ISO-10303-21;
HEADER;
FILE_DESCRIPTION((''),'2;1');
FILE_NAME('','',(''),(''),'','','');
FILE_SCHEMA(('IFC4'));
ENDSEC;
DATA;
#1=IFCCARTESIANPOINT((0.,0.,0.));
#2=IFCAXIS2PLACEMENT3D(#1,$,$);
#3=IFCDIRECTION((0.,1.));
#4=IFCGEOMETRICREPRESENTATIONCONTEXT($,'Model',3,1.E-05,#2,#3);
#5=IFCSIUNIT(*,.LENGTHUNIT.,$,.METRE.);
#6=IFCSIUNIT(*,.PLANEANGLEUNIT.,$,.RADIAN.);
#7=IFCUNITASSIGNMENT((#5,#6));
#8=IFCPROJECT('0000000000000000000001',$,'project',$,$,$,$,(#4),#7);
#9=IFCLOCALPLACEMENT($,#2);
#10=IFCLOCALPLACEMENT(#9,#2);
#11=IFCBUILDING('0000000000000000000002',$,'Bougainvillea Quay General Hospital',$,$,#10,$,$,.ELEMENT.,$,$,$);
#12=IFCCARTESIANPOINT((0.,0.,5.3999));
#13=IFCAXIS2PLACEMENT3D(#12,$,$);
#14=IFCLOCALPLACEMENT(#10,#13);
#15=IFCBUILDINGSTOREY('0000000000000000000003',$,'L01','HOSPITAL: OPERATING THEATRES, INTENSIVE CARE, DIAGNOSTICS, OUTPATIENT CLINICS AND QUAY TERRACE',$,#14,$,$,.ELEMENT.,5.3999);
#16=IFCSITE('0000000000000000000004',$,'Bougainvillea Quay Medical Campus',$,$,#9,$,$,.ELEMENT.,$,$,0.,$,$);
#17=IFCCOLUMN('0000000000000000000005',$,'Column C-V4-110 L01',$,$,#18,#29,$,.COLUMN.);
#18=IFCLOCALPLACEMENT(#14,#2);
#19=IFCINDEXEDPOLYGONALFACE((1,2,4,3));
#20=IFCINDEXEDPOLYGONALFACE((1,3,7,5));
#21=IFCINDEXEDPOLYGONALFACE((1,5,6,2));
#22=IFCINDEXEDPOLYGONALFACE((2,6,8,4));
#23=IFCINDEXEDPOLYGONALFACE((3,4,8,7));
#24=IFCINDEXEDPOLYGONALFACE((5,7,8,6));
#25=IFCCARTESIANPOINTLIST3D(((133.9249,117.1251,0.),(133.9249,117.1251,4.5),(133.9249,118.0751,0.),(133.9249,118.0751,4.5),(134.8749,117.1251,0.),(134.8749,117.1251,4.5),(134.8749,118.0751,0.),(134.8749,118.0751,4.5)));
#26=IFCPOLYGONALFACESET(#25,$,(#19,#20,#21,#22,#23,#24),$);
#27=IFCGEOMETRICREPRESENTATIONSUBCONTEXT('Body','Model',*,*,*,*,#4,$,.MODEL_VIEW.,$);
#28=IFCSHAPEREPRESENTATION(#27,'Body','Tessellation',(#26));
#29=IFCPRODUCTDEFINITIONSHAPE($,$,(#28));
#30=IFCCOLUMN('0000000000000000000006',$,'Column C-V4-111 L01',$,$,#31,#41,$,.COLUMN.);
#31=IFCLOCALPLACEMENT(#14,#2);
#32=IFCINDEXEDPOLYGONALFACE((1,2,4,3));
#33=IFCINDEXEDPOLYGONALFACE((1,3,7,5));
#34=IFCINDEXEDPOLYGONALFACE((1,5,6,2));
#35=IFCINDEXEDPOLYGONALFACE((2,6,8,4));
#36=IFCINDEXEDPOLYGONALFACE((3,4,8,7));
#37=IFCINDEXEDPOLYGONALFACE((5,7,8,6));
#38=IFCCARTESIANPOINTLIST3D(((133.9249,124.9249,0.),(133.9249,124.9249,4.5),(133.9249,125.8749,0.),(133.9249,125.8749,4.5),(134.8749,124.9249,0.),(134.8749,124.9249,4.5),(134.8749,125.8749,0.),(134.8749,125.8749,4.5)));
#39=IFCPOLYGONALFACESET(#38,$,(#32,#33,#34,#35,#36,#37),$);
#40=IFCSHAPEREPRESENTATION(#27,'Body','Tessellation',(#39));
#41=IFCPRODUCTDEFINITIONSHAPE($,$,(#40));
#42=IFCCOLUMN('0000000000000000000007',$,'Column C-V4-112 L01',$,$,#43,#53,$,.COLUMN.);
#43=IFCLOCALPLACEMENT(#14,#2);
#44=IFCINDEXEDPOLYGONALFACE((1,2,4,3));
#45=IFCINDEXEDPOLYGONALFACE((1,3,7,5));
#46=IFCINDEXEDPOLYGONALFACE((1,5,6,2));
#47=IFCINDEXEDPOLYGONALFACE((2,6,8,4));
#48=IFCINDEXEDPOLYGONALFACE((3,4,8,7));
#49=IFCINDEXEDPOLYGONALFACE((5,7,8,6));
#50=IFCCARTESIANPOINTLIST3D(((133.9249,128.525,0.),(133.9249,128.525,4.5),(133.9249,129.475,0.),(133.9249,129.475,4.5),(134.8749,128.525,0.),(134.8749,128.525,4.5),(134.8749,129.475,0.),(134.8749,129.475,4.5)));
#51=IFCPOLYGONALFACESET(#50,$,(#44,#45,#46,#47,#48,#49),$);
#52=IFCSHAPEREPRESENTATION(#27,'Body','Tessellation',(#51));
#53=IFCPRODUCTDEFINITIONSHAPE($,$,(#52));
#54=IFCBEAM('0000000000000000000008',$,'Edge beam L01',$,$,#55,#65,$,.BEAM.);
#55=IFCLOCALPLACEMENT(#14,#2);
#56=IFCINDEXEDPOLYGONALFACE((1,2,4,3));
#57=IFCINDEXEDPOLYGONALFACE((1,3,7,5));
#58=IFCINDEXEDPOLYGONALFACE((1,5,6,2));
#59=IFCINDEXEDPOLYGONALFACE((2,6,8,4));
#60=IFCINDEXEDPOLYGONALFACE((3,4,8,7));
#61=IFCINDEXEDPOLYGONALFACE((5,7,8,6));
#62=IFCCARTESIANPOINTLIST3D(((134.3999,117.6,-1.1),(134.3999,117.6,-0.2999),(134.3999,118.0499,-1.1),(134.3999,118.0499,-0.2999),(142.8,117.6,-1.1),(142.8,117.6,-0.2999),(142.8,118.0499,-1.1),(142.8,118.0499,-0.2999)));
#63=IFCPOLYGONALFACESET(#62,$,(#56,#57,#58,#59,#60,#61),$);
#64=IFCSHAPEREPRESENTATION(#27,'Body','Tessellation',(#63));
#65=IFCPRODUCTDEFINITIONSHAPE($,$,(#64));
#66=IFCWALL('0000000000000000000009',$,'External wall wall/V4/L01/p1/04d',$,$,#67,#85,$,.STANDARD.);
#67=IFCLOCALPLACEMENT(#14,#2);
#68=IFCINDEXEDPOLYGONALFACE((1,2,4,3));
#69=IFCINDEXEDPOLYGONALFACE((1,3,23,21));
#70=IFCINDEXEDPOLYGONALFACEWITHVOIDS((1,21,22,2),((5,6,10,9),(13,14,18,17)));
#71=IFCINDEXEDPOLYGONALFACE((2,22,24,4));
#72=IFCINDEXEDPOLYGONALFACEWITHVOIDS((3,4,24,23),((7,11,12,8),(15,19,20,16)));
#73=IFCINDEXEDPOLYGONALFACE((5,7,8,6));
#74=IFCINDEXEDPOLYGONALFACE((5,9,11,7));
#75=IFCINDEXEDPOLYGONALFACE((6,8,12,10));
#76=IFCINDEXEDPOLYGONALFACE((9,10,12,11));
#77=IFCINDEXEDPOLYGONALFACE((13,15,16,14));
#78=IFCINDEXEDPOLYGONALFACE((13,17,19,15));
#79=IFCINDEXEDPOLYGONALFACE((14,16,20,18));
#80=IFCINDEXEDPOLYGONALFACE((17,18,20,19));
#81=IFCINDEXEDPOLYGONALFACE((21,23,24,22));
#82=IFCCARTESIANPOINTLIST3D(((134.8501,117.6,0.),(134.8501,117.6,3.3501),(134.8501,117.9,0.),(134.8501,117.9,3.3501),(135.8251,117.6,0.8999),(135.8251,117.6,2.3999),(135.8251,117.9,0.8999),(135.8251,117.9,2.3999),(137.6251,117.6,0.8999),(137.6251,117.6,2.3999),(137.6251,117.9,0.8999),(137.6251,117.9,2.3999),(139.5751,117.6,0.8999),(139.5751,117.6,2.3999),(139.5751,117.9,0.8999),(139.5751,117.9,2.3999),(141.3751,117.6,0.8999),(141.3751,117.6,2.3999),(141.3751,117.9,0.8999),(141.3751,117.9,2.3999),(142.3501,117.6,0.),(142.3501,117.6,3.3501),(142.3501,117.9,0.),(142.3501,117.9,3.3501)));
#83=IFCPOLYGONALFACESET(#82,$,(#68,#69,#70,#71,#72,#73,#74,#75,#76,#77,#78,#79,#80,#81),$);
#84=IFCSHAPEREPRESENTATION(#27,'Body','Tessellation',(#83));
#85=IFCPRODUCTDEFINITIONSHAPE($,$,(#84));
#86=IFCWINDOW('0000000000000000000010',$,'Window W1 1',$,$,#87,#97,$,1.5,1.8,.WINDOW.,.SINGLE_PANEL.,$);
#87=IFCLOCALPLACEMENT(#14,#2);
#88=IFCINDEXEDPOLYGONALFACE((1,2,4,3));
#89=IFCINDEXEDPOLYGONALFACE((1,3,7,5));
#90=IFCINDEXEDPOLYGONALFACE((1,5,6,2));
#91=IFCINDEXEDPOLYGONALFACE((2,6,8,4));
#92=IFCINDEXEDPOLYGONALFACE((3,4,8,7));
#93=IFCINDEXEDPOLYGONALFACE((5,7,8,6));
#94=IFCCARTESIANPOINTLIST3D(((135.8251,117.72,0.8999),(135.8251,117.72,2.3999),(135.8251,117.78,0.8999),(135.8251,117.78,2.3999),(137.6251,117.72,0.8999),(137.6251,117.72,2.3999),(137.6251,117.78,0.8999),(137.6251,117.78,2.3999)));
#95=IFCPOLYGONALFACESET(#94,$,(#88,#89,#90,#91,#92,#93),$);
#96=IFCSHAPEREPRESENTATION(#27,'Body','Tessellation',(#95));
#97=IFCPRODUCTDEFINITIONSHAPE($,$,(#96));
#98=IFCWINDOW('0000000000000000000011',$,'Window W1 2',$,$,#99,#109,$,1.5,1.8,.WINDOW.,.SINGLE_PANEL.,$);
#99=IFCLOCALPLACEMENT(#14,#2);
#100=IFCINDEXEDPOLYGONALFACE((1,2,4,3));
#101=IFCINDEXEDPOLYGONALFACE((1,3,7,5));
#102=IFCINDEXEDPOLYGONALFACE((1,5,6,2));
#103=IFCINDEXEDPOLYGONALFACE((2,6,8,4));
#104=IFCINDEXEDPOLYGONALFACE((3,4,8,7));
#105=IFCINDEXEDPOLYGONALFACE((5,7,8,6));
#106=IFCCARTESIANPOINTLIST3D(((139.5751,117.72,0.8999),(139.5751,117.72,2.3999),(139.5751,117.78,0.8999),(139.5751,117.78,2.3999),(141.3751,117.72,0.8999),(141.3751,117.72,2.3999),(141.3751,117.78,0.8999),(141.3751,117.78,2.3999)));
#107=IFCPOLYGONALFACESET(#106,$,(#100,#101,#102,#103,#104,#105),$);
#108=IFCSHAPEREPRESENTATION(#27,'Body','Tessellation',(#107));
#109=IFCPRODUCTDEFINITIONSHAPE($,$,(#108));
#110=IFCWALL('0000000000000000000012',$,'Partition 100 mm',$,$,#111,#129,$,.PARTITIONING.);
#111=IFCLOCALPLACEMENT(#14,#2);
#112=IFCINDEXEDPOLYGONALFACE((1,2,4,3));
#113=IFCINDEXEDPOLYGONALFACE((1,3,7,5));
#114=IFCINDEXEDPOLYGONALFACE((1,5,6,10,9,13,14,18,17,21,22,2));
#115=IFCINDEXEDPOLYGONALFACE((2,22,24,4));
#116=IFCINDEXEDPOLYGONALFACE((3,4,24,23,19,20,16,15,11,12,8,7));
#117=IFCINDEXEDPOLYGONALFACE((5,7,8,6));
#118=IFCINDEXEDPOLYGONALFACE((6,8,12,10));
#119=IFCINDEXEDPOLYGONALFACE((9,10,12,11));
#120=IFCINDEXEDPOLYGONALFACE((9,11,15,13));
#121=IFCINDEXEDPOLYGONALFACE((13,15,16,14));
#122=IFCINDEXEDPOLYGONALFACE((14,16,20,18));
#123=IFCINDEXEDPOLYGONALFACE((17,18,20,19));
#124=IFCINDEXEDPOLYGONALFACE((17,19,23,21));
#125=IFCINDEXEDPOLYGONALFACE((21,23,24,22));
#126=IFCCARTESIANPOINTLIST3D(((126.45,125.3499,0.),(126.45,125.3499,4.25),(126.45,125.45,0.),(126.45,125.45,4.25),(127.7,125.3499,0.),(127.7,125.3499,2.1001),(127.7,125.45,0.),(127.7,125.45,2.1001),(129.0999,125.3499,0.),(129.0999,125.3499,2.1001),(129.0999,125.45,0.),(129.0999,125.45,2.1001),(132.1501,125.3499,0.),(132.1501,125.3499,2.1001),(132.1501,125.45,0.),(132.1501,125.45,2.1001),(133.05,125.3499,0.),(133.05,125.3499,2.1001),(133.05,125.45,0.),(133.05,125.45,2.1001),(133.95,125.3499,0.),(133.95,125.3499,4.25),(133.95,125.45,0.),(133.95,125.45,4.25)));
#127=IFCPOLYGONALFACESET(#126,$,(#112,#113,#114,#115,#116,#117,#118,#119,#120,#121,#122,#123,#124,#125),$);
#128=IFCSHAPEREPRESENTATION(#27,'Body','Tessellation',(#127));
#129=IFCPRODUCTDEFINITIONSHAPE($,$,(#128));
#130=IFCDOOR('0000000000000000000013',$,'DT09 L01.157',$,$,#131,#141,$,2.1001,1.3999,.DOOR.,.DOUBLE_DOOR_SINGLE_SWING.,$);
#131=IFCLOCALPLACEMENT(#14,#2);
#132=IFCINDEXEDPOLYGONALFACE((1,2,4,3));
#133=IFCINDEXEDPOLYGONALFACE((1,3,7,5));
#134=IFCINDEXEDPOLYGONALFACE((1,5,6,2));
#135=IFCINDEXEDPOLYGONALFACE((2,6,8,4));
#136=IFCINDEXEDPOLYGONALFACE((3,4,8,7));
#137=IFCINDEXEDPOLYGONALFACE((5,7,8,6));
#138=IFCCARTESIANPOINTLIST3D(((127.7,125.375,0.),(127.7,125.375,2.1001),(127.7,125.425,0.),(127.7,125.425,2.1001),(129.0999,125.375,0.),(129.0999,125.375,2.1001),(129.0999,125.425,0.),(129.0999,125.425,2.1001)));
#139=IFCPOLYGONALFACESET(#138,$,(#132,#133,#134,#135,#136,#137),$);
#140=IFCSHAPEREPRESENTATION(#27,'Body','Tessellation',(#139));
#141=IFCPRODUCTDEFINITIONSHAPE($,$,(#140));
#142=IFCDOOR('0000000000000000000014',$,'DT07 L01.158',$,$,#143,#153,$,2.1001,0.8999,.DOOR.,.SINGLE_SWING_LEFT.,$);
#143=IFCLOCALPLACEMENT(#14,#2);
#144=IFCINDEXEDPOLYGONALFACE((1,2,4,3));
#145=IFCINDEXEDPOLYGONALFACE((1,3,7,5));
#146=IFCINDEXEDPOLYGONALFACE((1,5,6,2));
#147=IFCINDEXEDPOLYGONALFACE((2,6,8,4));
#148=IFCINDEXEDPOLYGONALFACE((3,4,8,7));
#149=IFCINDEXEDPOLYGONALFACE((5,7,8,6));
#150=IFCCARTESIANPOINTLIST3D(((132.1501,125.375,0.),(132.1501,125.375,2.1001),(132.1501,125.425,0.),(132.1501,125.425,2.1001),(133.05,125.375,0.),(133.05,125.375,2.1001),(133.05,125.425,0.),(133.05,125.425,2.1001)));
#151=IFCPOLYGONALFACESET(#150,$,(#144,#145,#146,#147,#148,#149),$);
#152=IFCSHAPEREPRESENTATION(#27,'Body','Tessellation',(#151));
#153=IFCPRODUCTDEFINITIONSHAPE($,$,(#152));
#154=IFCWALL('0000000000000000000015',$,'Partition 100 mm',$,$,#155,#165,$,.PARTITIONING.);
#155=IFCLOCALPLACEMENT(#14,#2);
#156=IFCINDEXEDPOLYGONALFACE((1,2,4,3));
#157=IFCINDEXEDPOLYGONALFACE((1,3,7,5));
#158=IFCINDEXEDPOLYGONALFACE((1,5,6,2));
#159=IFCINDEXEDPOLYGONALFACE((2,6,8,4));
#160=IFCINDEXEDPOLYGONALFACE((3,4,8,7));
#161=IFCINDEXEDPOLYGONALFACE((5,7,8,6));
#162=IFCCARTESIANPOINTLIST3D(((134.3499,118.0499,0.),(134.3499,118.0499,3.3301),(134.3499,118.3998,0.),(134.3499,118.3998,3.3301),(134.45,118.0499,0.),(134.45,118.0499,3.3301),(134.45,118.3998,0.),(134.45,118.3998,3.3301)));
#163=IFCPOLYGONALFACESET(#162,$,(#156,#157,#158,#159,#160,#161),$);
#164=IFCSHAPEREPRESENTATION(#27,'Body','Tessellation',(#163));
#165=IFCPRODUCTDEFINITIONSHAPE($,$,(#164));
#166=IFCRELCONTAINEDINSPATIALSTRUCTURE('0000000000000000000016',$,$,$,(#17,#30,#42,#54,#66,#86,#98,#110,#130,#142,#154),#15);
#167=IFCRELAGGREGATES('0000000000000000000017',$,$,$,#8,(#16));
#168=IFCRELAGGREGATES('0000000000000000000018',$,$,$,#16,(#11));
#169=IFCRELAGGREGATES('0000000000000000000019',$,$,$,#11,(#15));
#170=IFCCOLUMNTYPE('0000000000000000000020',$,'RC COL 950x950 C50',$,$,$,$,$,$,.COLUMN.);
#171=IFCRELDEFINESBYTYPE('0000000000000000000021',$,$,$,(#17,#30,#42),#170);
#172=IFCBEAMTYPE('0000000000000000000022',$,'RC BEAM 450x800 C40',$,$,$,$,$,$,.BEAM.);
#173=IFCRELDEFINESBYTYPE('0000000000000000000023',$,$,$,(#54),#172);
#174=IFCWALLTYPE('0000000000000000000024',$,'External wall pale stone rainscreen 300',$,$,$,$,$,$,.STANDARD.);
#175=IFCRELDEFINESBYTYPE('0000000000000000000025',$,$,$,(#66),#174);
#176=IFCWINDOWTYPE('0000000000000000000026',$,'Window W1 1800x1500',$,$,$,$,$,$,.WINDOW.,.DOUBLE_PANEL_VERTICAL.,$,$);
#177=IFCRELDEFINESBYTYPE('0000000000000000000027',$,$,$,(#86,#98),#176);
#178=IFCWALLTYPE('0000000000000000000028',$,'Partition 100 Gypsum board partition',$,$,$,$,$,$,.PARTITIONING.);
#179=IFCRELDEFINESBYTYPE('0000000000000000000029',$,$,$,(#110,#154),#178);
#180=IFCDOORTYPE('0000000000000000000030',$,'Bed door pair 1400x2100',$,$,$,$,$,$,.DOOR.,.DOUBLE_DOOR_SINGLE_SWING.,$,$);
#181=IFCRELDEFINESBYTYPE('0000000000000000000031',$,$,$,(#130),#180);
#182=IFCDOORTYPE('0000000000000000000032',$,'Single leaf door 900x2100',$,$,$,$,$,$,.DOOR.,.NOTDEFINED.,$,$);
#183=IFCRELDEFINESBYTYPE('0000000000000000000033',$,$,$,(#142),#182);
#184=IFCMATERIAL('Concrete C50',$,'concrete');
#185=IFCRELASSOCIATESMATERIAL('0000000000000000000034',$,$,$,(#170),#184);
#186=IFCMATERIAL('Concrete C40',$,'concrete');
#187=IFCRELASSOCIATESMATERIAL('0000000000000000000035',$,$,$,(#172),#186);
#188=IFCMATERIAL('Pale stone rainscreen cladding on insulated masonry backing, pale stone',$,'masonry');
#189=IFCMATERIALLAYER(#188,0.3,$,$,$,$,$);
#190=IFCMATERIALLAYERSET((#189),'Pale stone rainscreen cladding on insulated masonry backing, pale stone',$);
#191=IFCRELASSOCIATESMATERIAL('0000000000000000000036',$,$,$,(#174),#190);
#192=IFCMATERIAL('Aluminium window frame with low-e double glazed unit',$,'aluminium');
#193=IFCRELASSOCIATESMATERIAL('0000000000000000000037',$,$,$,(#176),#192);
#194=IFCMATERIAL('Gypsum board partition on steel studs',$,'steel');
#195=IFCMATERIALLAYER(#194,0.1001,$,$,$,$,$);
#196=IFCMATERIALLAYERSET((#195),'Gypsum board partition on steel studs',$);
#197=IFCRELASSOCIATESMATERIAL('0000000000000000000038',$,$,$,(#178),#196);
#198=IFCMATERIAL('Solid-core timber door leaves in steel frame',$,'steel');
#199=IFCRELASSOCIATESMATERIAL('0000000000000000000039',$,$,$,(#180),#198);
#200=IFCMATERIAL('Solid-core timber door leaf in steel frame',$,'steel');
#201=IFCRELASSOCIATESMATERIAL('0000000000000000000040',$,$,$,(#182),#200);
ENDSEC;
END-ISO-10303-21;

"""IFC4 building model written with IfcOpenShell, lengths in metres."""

from ifc_helpers import new_model, si_unit, direction, frame, frame_2d, origin, origin_2d, place, context, subcontext, project, spatial, rectangle, extrude, material, layer, layer_set, material_profile, profile_set, type_object, element, fill, save


model = new_model("IFC4")

# Units and contexts
model_context = context("Model", 3, precision=1e-05, world=origin(), true_north=direction((0.0, 1.0)))
body_context = subcontext(model_context, "Body", "Model", "MODEL_VIEW")
ifc_project = project(units=[si_unit("LENGTHUNIT", "METRE"), si_unit("PLANEANGLEUNIT", "RADIAN")], contexts=[model_context])

# Site, building, storey
site_placement = place(None, origin())
site = spatial("IfcSite", under=ifc_project, at=site_placement, Name="Bougainvillea Quay Medical Campus", CompositionType="ELEMENT", RefElevation=0.0)
building_placement = place(site_placement, origin())
building = spatial("IfcBuilding", under=site, at=building_placement, Name="Bougainvillea Quay General Hospital", CompositionType="ELEMENT")
storey_placement = place(building_placement, frame((0.0, 0.0, 5.3999)))
storey = spatial("IfcBuildingStorey", under=building, at=storey_placement, Name="L01", Description="HOSPITAL: OPERATING THEATRES, INTENSIVE CARE, DIAGNOSTICS, OUTPATIENT CLINICS AND QUAY TERRACE", CompositionType="ELEMENT", Elevation=5.3999)

# Columns
ifc_material_1 = material(Name="Concrete C50", Category="concrete")
ifc_material_profile_1 = material_profile(ifc_material_1, rectangle(XDim=0.95, YDim=0.95, at=origin_2d()))
ifc_profile_set_1 = profile_set([ifc_material_profile_1], Name="Concrete C50")
column_type = type_object("IfcColumnType", Name="RC COL 950x950 C50", PredefinedType="COLUMN", material=ifc_profile_set_1)
for number, where, z_axis, x_axis, name in (
    (1, (134.3999, 117.6001, 0.0), (0.0, 0.0, 1.0), (1.0, 0.0, 0.0), "Column C-V4-110 L01"),
    (2, (134.3999, 125.3999, 0.0), (0.0, 0.0, 1.0), (1.0, 0.0, 0.0), "Column C-V4-111 L01"),
    (3, (134.3999, 129.0, 0.0), (0.0, 0.0, 1.0), (1.0, 0.0, 0.0), "Column C-V4-112 L01"),
):
    element("IfcColumn", number, at=place(storey_placement, frame(where, z_axis=z_axis, x_axis=x_axis)), inside=storey, type_object=column_type, Name=name, PredefinedType="COLUMN", context=body_context, shape_type="SweptSolid", body=[
        extrude(rectangle(XDim=0.95, YDim=0.95, at=origin_2d()), origin(), (0.0, 0.0, 1.0), 4.5),
    ])

# Beam
ifc_material_2 = material(Name="Concrete C40", Category="concrete")
ifc_material_profile_2 = material_profile(ifc_material_2, rectangle(XDim=0.45, YDim=0.8, at=origin_2d()))
ifc_profile_set_2 = profile_set([ifc_material_profile_2], Name="Concrete C40")
beam_type = type_object("IfcBeamType", Name="RC BEAM 450x800 C40", PredefinedType="BEAM", material=ifc_profile_set_2)
beam_placement = place(storey_placement, frame((134.3999, 117.825, -0.7), z_axis=(1.0, 0.0, 0.0), x_axis=(0.0, 1.0, 0.0)))
element("IfcBeam", 4, at=beam_placement, inside=storey, type_object=beam_type, Name="Edge beam L01", PredefinedType="BEAM", context=body_context, shape_type="SweptSolid", body=[
    extrude(rectangle(XDim=0.45, YDim=0.8, at=origin_2d()), origin(), (0.0, 0.0, 1.0), 8.4001),
])

# Wall, openings, windows
ifc_material_3 = material(Name="Pale stone rainscreen cladding on insulated masonry backing, pale stone", Category="masonry")
ifc_layer_1 = layer(ifc_material_3, 0.3)
ifc_layer_set_1 = layer_set([ifc_layer_1], Name="Pale stone rainscreen cladding on insulated masonry backing, pale stone")
wall_type_1 = type_object("IfcWallType", Name="External wall pale stone rainscreen 300", PredefinedType="STANDARD", material=ifc_layer_set_1)
wall_1_placement = place(storey_placement, frame((134.8501, 117.75, 0.0), z_axis=(0.0, 0.0, 1.0), x_axis=(1.0, 0.0, 0.0)))
wall_1 = element("IfcWall", 5, at=wall_1_placement, inside=storey, type_object=wall_type_1, Name="External wall wall/V4/L01/p1/04d", PredefinedType="STANDARD", context=body_context, shape_type="SweptSolid", body=[
    extrude(rectangle(XDim=7.5, YDim=0.3, at=frame_2d((3.75, 0.0))), origin(), (0.0, 0.0, 1.0), 3.3501),
])
opening_1_placement = place(wall_1_placement, frame((0.9751, 0.0, 0.8999)))
opening_1 = element("IfcOpeningElement", 6, at=opening_1_placement, cuts=wall_1, PredefinedType="OPENING", context=body_context, shape_type="SweptSolid", body=[
    extrude(rectangle(XDim=1.8, YDim=1.5, at=frame_2d((0.8999, 0.75))), frame((0.0, 0.1599, 0.0), z_axis=(0.0, -1.0, 0.0), x_axis=(1.0, 0.0, 0.0)), (0.0, 0.0, 1.0), 0.3201),
])
opening_2_placement = place(wall_1_placement, frame((4.7251, 0.0, 0.8999)))
opening_2 = element("IfcOpeningElement", 7, at=opening_2_placement, cuts=wall_1, PredefinedType="OPENING", context=body_context, shape_type="SweptSolid", body=[
    extrude(rectangle(XDim=1.8, YDim=1.5, at=frame_2d((0.8999, 0.75))), frame((0.0, 0.1599, 0.0), z_axis=(0.0, -1.0, 0.0), x_axis=(1.0, 0.0, 0.0)), (0.0, 0.0, 1.0), 0.3201),
])
ifc_material_4 = material(Name="Aluminium window frame with low-e double glazed unit", Category="aluminium")
window_type = type_object("IfcWindowType", Name="Window W1 1800x1500", PartitioningType="DOUBLE_PANEL_VERTICAL", PredefinedType="WINDOW", material=ifc_material_4)
window_1_placement = place(opening_1_placement, origin())
window_1 = element("IfcWindow", 8, at=window_1_placement, inside=storey, type_object=window_type, Name="Window W1 1", OverallHeight=1.5, OverallWidth=1.8, PartitioningType="SINGLE_PANEL", PredefinedType="WINDOW", context=body_context, shape_type="SweptSolid", body=[
    extrude(rectangle(XDim=1.8, YDim=1.5, at=frame_2d((0.8999, 0.75))), frame((0.0, 0.03, 0.0), z_axis=(0.0, -1.0, 0.0), x_axis=(1.0, 0.0, 0.0)), (0.0, 0.0, 1.0), 0.0601),
])
fill(opening_1, window_1)
window_2_placement = place(opening_2_placement, origin())
window_2 = element("IfcWindow", 9, at=window_2_placement, inside=storey, type_object=window_type, Name="Window W1 2", OverallHeight=1.5, OverallWidth=1.8, PartitioningType="SINGLE_PANEL", PredefinedType="WINDOW", context=body_context, shape_type="SweptSolid", body=[
    extrude(rectangle(XDim=1.8, YDim=1.5, at=frame_2d((0.8999, 0.75))), frame((0.0, 0.03, 0.0), z_axis=(0.0, -1.0, 0.0), x_axis=(1.0, 0.0, 0.0)), (0.0, 0.0, 1.0), 0.0601),
])
fill(opening_2, window_2)

# Wall, openings, doors
ifc_material_5 = material(Name="Gypsum board partition on steel studs", Category="steel")
ifc_layer_2 = layer(ifc_material_5, 0.1001)
ifc_layer_set_2 = layer_set([ifc_layer_2], Name="Gypsum board partition on steel studs")
wall_type_2 = type_object("IfcWallType", Name="Partition 100 Gypsum board partition", PredefinedType="PARTITIONING", material=ifc_layer_set_2)
wall_2_placement = place(storey_placement, frame((133.95, 125.3999, 0.0), z_axis=(0.0, 0.0, 1.0), x_axis=(-1.0, 0.0, 0.0)))
wall_2 = element("IfcWall", 10, at=wall_2_placement, inside=storey, type_object=wall_type_2, Name="Partition 100 mm", PredefinedType="PARTITIONING", context=body_context, shape_type="SweptSolid", body=[
    extrude(rectangle(XDim=7.5, YDim=0.1001, at=frame_2d((3.75, 0.0))), origin(), (0.0, 0.0, 1.0), 4.25),
])
opening_3_placement = place(wall_2_placement, frame((4.8501, 0.0, 0.0)))
opening_3 = element("IfcOpeningElement", 11, at=opening_3_placement, cuts=wall_2, PredefinedType="OPENING", context=body_context, shape_type="SweptSolid", body=[
    extrude(rectangle(XDim=1.3999, YDim=2.1001, at=frame_2d((0.7, 1.05))), frame((0.0, 0.0601, 0.0), z_axis=(0.0, -1.0, 0.0), x_axis=(1.0, 0.0, 0.0)), (0.0, 0.0, 1.0), 0.1201),
])
opening_4_placement = place(wall_2_placement, frame((0.8999, 0.0, 0.0)))
opening_4 = element("IfcOpeningElement", 12, at=opening_4_placement, cuts=wall_2, PredefinedType="OPENING", context=body_context, shape_type="SweptSolid", body=[
    extrude(rectangle(XDim=0.8999, YDim=2.1001, at=frame_2d((0.45, 1.05))), frame((0.0, 0.0601, 0.0), z_axis=(0.0, -1.0, 0.0), x_axis=(1.0, 0.0, 0.0)), (0.0, 0.0, 1.0), 0.1201),
])
ifc_material_6 = material(Name="Solid-core timber door leaves in steel frame", Category="steel")
door_type_1 = type_object("IfcDoorType", Name="Bed door pair 1400x2100", OperationType="DOUBLE_DOOR_SINGLE_SWING", PredefinedType="DOOR", material=ifc_material_6)
door_1_placement = place(opening_3_placement, origin())
door_1 = element("IfcDoor", 13, at=door_1_placement, inside=storey, type_object=door_type_1, Name="DT09 L01.157", OperationType="DOUBLE_DOOR_SINGLE_SWING", OverallHeight=2.1001, OverallWidth=1.3999, PredefinedType="DOOR", context=body_context, shape_type="SweptSolid", body=[
    extrude(rectangle(XDim=1.3999, YDim=2.1001, at=frame_2d((0.7, 1.05))), frame((0.0, 0.0249, 0.0), z_axis=(0.0, -1.0, 0.0), x_axis=(1.0, 0.0, 0.0)), (0.0, 0.0, 1.0), 0.05),
])
fill(opening_3, door_1)
ifc_material_7 = material(Name="Solid-core timber door leaf in steel frame", Category="steel")
door_type_2 = type_object("IfcDoorType", Name="Single leaf door 900x2100", OperationType="NOTDEFINED", PredefinedType="DOOR", material=ifc_material_7)
door_2_placement = place(opening_4_placement, origin())
door_2 = element("IfcDoor", 14, at=door_2_placement, inside=storey, type_object=door_type_2, Name="DT07 L01.158", OperationType="SINGLE_SWING_LEFT", OverallHeight=2.1001, OverallWidth=0.8999, PredefinedType="DOOR", context=body_context, shape_type="SweptSolid", body=[
    extrude(rectangle(XDim=0.8999, YDim=2.1001, at=frame_2d((0.45, 1.05))), frame((0.0, 0.0249, 0.0), z_axis=(0.0, -1.0, 0.0), x_axis=(1.0, 0.0, 0.0)), (0.0, 0.0, 1.0), 0.05),
])
fill(opening_4, door_2)

# Wall
wall_3_placement = place(storey_placement, frame((134.3999, 118.05, 0.0), z_axis=(0.0, 0.0, 1.0), x_axis=(0.0, 1.0, 0.0)))
element("IfcWall", 15, at=wall_3_placement, inside=storey, type_object=wall_type_2, Name="Partition 100 mm", PredefinedType="PARTITIONING", context=body_context, shape_type="SweptSolid", body=[
    extrude(rectangle(XDim=0.3499, YDim=0.1001, at=frame_2d((0.1748, 0.0))), origin(), (0.0, 0.0, 1.0), 3.3301),
])

save(model, "model.ifc")
